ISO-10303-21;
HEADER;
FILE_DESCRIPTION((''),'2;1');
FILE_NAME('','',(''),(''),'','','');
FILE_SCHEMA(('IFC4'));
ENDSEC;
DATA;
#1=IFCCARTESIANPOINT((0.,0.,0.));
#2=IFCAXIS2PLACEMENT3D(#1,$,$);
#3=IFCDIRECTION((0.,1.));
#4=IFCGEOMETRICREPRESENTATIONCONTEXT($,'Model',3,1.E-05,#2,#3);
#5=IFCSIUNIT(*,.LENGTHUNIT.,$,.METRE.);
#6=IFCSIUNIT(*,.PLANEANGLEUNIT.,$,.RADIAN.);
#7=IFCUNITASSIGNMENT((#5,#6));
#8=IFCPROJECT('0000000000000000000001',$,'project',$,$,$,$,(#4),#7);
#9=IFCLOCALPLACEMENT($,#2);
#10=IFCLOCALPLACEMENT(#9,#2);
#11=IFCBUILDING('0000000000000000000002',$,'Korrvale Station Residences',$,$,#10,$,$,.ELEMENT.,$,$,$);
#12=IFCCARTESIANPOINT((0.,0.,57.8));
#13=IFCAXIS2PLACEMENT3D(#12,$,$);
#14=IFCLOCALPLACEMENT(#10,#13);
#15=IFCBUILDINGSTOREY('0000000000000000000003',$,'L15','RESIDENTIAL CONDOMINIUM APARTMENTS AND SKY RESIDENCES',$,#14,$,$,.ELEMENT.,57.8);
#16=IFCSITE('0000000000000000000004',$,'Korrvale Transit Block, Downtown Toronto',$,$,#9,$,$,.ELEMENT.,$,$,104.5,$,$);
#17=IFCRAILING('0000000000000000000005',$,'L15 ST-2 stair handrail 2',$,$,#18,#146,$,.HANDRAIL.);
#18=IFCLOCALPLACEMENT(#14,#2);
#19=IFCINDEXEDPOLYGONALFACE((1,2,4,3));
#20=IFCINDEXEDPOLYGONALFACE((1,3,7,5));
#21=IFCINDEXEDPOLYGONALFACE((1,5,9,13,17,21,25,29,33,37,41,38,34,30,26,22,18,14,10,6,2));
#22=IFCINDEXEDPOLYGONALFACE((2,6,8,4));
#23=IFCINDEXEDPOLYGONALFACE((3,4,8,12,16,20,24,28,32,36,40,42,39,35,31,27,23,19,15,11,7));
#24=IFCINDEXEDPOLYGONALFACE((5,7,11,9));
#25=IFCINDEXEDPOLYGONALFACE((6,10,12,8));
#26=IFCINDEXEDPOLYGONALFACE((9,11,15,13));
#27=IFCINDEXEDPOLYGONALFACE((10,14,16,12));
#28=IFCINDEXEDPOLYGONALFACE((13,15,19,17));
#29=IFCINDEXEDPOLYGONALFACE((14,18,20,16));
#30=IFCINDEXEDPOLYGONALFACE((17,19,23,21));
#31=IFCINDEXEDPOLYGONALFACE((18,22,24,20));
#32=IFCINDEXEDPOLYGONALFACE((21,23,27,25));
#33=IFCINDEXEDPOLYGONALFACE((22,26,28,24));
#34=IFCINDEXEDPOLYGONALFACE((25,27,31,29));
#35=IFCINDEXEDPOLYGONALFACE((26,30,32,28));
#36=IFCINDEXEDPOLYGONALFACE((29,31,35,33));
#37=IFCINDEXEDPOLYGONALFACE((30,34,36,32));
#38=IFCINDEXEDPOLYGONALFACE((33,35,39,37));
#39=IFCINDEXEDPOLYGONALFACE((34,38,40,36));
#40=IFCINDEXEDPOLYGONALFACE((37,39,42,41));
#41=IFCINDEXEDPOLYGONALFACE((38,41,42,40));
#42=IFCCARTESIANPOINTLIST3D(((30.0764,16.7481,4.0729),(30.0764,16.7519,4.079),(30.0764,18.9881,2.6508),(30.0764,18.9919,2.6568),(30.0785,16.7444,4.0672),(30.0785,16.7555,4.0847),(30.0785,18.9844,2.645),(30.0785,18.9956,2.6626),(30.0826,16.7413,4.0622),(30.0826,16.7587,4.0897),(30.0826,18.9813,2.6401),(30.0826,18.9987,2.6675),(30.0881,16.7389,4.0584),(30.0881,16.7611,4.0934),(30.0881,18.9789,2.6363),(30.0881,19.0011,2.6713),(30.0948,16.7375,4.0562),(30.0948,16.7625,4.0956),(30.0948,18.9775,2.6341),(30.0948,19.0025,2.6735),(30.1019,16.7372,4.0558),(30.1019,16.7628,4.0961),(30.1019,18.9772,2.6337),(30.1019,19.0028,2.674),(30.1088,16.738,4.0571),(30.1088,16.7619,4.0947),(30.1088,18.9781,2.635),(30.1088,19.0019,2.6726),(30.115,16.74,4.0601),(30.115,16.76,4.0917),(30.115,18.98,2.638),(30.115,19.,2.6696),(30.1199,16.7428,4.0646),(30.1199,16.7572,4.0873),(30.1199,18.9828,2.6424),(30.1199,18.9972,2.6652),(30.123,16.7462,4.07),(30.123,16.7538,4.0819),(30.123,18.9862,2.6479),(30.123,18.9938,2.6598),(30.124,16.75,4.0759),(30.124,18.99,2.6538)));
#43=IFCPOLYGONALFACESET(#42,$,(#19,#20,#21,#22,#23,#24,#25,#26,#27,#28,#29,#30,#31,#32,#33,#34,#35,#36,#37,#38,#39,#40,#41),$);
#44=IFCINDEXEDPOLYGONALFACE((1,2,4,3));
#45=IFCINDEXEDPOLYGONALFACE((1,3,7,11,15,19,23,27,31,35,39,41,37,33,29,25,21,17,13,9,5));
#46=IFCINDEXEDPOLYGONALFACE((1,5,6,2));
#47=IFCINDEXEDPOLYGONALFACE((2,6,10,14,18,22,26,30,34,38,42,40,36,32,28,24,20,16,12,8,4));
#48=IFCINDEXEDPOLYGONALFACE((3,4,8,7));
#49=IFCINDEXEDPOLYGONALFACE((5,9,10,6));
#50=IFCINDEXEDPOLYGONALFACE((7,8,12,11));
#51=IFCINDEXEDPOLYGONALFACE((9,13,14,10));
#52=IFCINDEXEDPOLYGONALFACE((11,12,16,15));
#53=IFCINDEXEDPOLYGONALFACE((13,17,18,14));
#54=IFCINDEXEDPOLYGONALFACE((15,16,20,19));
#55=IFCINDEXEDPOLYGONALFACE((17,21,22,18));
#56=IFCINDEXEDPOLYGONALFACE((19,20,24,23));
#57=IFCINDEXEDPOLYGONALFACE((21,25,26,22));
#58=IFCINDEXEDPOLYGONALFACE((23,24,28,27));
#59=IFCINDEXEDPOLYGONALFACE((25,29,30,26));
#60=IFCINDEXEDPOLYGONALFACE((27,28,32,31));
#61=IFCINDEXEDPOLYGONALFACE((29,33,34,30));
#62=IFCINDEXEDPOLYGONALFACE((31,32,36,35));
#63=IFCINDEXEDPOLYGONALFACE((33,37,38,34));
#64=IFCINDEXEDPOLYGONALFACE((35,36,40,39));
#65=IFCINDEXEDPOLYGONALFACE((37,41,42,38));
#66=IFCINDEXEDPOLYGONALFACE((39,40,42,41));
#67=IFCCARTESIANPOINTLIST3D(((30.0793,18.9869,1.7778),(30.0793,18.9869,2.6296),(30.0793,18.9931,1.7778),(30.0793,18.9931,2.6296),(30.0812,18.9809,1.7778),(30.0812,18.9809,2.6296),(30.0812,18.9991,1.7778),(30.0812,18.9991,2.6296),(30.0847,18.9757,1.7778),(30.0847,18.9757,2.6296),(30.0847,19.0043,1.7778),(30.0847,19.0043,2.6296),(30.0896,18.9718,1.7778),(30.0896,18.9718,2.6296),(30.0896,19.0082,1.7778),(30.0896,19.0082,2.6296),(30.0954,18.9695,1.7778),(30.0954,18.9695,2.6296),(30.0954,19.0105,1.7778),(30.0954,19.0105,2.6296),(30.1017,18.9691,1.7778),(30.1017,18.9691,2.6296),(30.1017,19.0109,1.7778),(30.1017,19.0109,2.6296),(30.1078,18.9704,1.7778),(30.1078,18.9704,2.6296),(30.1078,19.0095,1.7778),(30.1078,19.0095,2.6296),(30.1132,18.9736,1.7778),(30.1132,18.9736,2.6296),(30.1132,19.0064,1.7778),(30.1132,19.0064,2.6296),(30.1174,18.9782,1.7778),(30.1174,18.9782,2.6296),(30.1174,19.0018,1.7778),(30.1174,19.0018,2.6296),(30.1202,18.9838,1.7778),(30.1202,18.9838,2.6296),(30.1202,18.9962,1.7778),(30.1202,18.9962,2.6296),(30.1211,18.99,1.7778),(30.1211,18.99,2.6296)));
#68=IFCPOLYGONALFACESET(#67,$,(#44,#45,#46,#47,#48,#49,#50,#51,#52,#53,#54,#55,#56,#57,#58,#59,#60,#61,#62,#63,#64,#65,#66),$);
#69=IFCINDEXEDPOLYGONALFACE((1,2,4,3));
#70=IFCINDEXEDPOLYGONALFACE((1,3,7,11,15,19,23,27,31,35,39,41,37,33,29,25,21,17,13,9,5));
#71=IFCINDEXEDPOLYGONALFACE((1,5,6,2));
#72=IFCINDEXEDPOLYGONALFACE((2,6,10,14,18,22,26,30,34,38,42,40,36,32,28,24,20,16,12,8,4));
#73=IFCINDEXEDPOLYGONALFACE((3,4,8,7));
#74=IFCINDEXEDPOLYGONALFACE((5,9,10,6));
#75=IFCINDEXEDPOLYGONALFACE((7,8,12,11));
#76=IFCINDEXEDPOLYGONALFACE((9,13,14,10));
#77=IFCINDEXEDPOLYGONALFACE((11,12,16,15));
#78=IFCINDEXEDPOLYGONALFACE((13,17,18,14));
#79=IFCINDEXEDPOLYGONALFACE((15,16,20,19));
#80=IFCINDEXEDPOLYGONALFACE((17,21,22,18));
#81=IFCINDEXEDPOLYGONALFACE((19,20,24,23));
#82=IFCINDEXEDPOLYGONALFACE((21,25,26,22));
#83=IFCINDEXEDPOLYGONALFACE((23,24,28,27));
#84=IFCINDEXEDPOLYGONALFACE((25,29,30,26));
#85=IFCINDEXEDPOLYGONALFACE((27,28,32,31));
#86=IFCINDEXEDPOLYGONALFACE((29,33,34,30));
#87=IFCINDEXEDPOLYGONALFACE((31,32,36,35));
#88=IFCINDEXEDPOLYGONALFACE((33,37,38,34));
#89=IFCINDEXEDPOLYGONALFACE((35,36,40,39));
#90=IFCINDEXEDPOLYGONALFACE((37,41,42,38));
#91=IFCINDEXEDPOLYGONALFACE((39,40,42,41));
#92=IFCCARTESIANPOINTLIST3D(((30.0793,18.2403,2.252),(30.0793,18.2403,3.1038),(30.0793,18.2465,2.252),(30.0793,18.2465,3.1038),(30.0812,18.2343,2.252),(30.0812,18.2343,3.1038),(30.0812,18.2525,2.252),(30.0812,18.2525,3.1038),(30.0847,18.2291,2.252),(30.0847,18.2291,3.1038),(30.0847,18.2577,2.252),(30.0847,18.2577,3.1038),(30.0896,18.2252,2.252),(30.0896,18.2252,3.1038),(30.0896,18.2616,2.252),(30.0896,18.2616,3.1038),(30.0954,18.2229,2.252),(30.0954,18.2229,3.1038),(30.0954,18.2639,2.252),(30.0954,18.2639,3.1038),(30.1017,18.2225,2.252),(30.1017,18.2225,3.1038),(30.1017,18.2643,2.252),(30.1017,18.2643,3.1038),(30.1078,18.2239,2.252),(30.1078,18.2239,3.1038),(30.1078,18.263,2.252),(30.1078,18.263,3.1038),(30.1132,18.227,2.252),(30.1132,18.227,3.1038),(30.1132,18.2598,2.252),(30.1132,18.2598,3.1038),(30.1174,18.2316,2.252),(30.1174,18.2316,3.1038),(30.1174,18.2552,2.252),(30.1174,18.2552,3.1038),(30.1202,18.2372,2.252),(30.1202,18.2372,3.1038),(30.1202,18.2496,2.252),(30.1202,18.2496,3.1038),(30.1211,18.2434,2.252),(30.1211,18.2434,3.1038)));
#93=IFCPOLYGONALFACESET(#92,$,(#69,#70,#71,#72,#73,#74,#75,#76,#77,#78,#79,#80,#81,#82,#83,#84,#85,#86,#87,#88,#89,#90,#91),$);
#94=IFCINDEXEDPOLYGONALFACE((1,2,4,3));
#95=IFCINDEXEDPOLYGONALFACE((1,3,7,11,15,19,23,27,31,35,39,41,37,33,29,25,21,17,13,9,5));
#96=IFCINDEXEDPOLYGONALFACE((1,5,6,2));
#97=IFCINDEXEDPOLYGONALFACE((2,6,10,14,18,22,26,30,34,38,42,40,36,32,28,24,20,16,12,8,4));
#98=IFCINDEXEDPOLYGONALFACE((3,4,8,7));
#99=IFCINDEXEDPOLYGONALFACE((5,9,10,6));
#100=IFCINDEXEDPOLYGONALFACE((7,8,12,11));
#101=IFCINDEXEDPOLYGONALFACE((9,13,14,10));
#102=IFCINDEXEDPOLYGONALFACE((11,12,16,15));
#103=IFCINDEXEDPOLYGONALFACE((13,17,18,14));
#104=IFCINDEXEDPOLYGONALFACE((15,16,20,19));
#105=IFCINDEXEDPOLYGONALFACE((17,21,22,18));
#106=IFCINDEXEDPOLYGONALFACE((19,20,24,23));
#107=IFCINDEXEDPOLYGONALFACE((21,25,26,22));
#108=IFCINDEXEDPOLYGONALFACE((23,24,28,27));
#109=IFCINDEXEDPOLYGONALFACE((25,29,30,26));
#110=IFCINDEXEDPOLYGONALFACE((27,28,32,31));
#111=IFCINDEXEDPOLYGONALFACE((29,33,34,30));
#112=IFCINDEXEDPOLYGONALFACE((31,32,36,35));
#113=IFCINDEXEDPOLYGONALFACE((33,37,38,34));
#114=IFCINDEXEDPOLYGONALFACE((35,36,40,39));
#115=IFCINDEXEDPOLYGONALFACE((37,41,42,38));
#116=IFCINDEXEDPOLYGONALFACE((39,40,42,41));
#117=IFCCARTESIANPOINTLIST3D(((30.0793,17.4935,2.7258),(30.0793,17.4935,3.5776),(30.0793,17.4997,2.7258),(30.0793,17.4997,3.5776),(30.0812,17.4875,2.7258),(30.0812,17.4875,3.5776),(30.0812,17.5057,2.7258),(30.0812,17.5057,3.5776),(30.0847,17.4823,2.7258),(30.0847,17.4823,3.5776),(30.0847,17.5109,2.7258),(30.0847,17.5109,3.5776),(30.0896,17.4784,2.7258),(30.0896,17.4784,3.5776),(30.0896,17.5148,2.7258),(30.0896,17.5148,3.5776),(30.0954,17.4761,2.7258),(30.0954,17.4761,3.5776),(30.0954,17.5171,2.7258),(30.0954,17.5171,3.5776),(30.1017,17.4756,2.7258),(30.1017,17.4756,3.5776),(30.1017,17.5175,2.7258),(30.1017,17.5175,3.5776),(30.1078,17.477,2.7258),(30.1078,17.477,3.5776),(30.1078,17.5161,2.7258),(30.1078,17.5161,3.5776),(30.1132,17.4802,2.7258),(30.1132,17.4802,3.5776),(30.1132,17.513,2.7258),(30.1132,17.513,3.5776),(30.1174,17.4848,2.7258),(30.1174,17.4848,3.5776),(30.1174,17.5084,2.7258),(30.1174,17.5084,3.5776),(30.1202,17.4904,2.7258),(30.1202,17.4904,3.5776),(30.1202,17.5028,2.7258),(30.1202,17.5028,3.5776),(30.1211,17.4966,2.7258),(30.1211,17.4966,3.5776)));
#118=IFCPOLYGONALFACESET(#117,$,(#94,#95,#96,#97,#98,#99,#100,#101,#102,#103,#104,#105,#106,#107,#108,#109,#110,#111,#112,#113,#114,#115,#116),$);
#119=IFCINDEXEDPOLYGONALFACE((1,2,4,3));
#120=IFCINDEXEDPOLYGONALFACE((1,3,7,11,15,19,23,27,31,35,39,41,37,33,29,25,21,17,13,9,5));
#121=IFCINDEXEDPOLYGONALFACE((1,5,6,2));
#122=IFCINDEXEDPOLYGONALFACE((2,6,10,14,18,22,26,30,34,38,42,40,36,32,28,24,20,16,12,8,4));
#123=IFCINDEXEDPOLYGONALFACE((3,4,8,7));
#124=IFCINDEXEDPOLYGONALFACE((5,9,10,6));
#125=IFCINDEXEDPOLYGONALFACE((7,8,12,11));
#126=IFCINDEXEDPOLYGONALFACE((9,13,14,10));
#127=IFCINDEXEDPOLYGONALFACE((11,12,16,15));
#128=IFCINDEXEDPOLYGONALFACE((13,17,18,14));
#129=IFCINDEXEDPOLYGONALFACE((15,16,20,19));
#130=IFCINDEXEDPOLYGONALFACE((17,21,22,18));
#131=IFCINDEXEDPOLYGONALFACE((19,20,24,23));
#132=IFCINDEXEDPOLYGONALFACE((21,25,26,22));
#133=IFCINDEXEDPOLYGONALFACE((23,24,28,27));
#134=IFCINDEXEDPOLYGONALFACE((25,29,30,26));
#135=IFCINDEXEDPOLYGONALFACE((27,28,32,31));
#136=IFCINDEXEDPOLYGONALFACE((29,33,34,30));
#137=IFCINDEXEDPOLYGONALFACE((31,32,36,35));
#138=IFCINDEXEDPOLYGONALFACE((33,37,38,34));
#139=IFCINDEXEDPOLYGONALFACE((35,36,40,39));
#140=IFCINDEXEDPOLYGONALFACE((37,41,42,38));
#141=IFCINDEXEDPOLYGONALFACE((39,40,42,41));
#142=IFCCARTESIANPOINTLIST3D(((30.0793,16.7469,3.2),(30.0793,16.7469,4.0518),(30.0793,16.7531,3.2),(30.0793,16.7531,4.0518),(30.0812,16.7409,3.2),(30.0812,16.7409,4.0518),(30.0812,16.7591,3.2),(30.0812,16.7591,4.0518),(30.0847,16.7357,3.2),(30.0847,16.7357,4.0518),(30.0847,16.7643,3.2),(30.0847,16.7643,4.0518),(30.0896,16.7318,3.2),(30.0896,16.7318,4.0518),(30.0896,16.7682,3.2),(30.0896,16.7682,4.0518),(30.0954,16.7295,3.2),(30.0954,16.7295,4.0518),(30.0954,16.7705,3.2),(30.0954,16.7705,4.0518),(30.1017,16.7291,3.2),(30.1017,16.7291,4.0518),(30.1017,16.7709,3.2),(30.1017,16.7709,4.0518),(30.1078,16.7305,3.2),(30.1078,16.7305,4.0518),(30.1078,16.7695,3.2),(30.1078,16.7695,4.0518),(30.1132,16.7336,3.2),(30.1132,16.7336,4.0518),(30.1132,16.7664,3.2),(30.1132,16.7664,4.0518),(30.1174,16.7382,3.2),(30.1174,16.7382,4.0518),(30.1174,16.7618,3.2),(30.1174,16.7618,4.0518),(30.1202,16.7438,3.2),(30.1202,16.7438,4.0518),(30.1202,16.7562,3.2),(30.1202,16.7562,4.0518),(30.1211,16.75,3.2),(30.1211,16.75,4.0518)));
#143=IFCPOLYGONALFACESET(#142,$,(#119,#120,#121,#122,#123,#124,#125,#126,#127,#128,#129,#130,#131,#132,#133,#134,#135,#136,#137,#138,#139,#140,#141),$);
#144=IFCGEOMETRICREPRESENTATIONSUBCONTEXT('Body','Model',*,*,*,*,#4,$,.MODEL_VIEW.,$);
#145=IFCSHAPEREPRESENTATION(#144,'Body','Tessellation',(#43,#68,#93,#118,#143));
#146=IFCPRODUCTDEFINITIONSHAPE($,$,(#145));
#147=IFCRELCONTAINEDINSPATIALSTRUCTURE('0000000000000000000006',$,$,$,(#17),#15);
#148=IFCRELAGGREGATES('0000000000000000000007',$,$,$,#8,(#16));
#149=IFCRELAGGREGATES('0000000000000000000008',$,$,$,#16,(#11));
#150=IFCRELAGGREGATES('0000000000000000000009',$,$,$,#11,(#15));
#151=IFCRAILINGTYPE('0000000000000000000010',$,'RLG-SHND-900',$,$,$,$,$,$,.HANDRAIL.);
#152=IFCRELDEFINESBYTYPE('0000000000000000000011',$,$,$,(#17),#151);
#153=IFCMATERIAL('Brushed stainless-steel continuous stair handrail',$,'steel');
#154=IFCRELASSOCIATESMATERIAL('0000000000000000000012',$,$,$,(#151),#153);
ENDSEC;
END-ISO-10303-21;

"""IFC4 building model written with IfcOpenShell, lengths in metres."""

from ifc_helpers import new_model, si_unit, direction, frame, origin, origin_2d, place, context, subcontext, project, spatial, circle, extrude, material, type_object, element, save


model = new_model("IFC4")

# Units and contexts
model_context = context("Model", 3, precision=1e-05, world=origin(), true_north=direction((0.0, 1.0)))
body_context = subcontext(model_context, "Body", "Model", "MODEL_VIEW")
ifc_project = project(units=[si_unit("LENGTHUNIT", "METRE"), si_unit("PLANEANGLEUNIT", "RADIAN")], contexts=[model_context])

# Site, building, storey
site_placement = place(None, origin())
site = spatial("IfcSite", under=ifc_project, at=site_placement, Name="Korrvale Transit Block, Downtown Toronto", CompositionType="ELEMENT", RefElevation=104.5)
building_placement = place(site_placement, origin())
building = spatial("IfcBuilding", under=site, at=building_placement, Name="Korrvale Station Residences", CompositionType="ELEMENT")
storey_placement = place(building_placement, frame((0.0, 0.0, 57.8)))
storey = spatial("IfcBuildingStorey", under=building, at=storey_placement, Name="L15", Description="RESIDENTIAL CONDOMINIUM APARTMENTS AND SKY RESIDENCES", CompositionType="ELEMENT", Elevation=57.8)

# Railing
ifc_material_1 = material(Name="Brushed stainless-steel continuous stair handrail", Category="steel")
railing_type_1 = type_object("IfcRailingType", Name="RLG-SHND-900", PredefinedType="HANDRAIL", material=ifc_material_1)
railing_1_placement = place(storey_placement, frame((30.1001, 18.99, 1.7778)))
element("IfcRailing", 1, at=railing_1_placement, inside=storey, type_object=railing_type_1, Name="L15 ST-2 stair handrail 2", PredefinedType="HANDRAIL", context=body_context, shape_type="SweptSolid", body=[
    extrude(circle(Radius=0.0239, at=origin_2d()), frame((0.0, 0.0, 0.876), z_axis=(0.0, -0.844229, 0.535982), x_axis=(1.0, 0.0, 0.0)), (0.0, 0.0, 1.0), 2.6533),
    extrude(circle(Radius=0.021, at=origin_2d()), origin(), (0.0, 0.0, 1.0), 0.8518),
    extrude(circle(Radius=0.021, at=origin_2d()), frame((0.0, -0.7466, 0.4741)), (0.0, 0.0, 1.0), 0.8518),
    extrude(circle(Radius=0.021, at=origin_2d()), frame((0.0, -1.4934, 0.948)), (0.0, 0.0, 1.0), 0.8518),
    extrude(circle(Radius=0.021, at=origin_2d()), frame((0.0, -2.24, 1.4221)), (0.0, 0.0, 1.0), 0.8518),
])

save(model, "model.ifc")
